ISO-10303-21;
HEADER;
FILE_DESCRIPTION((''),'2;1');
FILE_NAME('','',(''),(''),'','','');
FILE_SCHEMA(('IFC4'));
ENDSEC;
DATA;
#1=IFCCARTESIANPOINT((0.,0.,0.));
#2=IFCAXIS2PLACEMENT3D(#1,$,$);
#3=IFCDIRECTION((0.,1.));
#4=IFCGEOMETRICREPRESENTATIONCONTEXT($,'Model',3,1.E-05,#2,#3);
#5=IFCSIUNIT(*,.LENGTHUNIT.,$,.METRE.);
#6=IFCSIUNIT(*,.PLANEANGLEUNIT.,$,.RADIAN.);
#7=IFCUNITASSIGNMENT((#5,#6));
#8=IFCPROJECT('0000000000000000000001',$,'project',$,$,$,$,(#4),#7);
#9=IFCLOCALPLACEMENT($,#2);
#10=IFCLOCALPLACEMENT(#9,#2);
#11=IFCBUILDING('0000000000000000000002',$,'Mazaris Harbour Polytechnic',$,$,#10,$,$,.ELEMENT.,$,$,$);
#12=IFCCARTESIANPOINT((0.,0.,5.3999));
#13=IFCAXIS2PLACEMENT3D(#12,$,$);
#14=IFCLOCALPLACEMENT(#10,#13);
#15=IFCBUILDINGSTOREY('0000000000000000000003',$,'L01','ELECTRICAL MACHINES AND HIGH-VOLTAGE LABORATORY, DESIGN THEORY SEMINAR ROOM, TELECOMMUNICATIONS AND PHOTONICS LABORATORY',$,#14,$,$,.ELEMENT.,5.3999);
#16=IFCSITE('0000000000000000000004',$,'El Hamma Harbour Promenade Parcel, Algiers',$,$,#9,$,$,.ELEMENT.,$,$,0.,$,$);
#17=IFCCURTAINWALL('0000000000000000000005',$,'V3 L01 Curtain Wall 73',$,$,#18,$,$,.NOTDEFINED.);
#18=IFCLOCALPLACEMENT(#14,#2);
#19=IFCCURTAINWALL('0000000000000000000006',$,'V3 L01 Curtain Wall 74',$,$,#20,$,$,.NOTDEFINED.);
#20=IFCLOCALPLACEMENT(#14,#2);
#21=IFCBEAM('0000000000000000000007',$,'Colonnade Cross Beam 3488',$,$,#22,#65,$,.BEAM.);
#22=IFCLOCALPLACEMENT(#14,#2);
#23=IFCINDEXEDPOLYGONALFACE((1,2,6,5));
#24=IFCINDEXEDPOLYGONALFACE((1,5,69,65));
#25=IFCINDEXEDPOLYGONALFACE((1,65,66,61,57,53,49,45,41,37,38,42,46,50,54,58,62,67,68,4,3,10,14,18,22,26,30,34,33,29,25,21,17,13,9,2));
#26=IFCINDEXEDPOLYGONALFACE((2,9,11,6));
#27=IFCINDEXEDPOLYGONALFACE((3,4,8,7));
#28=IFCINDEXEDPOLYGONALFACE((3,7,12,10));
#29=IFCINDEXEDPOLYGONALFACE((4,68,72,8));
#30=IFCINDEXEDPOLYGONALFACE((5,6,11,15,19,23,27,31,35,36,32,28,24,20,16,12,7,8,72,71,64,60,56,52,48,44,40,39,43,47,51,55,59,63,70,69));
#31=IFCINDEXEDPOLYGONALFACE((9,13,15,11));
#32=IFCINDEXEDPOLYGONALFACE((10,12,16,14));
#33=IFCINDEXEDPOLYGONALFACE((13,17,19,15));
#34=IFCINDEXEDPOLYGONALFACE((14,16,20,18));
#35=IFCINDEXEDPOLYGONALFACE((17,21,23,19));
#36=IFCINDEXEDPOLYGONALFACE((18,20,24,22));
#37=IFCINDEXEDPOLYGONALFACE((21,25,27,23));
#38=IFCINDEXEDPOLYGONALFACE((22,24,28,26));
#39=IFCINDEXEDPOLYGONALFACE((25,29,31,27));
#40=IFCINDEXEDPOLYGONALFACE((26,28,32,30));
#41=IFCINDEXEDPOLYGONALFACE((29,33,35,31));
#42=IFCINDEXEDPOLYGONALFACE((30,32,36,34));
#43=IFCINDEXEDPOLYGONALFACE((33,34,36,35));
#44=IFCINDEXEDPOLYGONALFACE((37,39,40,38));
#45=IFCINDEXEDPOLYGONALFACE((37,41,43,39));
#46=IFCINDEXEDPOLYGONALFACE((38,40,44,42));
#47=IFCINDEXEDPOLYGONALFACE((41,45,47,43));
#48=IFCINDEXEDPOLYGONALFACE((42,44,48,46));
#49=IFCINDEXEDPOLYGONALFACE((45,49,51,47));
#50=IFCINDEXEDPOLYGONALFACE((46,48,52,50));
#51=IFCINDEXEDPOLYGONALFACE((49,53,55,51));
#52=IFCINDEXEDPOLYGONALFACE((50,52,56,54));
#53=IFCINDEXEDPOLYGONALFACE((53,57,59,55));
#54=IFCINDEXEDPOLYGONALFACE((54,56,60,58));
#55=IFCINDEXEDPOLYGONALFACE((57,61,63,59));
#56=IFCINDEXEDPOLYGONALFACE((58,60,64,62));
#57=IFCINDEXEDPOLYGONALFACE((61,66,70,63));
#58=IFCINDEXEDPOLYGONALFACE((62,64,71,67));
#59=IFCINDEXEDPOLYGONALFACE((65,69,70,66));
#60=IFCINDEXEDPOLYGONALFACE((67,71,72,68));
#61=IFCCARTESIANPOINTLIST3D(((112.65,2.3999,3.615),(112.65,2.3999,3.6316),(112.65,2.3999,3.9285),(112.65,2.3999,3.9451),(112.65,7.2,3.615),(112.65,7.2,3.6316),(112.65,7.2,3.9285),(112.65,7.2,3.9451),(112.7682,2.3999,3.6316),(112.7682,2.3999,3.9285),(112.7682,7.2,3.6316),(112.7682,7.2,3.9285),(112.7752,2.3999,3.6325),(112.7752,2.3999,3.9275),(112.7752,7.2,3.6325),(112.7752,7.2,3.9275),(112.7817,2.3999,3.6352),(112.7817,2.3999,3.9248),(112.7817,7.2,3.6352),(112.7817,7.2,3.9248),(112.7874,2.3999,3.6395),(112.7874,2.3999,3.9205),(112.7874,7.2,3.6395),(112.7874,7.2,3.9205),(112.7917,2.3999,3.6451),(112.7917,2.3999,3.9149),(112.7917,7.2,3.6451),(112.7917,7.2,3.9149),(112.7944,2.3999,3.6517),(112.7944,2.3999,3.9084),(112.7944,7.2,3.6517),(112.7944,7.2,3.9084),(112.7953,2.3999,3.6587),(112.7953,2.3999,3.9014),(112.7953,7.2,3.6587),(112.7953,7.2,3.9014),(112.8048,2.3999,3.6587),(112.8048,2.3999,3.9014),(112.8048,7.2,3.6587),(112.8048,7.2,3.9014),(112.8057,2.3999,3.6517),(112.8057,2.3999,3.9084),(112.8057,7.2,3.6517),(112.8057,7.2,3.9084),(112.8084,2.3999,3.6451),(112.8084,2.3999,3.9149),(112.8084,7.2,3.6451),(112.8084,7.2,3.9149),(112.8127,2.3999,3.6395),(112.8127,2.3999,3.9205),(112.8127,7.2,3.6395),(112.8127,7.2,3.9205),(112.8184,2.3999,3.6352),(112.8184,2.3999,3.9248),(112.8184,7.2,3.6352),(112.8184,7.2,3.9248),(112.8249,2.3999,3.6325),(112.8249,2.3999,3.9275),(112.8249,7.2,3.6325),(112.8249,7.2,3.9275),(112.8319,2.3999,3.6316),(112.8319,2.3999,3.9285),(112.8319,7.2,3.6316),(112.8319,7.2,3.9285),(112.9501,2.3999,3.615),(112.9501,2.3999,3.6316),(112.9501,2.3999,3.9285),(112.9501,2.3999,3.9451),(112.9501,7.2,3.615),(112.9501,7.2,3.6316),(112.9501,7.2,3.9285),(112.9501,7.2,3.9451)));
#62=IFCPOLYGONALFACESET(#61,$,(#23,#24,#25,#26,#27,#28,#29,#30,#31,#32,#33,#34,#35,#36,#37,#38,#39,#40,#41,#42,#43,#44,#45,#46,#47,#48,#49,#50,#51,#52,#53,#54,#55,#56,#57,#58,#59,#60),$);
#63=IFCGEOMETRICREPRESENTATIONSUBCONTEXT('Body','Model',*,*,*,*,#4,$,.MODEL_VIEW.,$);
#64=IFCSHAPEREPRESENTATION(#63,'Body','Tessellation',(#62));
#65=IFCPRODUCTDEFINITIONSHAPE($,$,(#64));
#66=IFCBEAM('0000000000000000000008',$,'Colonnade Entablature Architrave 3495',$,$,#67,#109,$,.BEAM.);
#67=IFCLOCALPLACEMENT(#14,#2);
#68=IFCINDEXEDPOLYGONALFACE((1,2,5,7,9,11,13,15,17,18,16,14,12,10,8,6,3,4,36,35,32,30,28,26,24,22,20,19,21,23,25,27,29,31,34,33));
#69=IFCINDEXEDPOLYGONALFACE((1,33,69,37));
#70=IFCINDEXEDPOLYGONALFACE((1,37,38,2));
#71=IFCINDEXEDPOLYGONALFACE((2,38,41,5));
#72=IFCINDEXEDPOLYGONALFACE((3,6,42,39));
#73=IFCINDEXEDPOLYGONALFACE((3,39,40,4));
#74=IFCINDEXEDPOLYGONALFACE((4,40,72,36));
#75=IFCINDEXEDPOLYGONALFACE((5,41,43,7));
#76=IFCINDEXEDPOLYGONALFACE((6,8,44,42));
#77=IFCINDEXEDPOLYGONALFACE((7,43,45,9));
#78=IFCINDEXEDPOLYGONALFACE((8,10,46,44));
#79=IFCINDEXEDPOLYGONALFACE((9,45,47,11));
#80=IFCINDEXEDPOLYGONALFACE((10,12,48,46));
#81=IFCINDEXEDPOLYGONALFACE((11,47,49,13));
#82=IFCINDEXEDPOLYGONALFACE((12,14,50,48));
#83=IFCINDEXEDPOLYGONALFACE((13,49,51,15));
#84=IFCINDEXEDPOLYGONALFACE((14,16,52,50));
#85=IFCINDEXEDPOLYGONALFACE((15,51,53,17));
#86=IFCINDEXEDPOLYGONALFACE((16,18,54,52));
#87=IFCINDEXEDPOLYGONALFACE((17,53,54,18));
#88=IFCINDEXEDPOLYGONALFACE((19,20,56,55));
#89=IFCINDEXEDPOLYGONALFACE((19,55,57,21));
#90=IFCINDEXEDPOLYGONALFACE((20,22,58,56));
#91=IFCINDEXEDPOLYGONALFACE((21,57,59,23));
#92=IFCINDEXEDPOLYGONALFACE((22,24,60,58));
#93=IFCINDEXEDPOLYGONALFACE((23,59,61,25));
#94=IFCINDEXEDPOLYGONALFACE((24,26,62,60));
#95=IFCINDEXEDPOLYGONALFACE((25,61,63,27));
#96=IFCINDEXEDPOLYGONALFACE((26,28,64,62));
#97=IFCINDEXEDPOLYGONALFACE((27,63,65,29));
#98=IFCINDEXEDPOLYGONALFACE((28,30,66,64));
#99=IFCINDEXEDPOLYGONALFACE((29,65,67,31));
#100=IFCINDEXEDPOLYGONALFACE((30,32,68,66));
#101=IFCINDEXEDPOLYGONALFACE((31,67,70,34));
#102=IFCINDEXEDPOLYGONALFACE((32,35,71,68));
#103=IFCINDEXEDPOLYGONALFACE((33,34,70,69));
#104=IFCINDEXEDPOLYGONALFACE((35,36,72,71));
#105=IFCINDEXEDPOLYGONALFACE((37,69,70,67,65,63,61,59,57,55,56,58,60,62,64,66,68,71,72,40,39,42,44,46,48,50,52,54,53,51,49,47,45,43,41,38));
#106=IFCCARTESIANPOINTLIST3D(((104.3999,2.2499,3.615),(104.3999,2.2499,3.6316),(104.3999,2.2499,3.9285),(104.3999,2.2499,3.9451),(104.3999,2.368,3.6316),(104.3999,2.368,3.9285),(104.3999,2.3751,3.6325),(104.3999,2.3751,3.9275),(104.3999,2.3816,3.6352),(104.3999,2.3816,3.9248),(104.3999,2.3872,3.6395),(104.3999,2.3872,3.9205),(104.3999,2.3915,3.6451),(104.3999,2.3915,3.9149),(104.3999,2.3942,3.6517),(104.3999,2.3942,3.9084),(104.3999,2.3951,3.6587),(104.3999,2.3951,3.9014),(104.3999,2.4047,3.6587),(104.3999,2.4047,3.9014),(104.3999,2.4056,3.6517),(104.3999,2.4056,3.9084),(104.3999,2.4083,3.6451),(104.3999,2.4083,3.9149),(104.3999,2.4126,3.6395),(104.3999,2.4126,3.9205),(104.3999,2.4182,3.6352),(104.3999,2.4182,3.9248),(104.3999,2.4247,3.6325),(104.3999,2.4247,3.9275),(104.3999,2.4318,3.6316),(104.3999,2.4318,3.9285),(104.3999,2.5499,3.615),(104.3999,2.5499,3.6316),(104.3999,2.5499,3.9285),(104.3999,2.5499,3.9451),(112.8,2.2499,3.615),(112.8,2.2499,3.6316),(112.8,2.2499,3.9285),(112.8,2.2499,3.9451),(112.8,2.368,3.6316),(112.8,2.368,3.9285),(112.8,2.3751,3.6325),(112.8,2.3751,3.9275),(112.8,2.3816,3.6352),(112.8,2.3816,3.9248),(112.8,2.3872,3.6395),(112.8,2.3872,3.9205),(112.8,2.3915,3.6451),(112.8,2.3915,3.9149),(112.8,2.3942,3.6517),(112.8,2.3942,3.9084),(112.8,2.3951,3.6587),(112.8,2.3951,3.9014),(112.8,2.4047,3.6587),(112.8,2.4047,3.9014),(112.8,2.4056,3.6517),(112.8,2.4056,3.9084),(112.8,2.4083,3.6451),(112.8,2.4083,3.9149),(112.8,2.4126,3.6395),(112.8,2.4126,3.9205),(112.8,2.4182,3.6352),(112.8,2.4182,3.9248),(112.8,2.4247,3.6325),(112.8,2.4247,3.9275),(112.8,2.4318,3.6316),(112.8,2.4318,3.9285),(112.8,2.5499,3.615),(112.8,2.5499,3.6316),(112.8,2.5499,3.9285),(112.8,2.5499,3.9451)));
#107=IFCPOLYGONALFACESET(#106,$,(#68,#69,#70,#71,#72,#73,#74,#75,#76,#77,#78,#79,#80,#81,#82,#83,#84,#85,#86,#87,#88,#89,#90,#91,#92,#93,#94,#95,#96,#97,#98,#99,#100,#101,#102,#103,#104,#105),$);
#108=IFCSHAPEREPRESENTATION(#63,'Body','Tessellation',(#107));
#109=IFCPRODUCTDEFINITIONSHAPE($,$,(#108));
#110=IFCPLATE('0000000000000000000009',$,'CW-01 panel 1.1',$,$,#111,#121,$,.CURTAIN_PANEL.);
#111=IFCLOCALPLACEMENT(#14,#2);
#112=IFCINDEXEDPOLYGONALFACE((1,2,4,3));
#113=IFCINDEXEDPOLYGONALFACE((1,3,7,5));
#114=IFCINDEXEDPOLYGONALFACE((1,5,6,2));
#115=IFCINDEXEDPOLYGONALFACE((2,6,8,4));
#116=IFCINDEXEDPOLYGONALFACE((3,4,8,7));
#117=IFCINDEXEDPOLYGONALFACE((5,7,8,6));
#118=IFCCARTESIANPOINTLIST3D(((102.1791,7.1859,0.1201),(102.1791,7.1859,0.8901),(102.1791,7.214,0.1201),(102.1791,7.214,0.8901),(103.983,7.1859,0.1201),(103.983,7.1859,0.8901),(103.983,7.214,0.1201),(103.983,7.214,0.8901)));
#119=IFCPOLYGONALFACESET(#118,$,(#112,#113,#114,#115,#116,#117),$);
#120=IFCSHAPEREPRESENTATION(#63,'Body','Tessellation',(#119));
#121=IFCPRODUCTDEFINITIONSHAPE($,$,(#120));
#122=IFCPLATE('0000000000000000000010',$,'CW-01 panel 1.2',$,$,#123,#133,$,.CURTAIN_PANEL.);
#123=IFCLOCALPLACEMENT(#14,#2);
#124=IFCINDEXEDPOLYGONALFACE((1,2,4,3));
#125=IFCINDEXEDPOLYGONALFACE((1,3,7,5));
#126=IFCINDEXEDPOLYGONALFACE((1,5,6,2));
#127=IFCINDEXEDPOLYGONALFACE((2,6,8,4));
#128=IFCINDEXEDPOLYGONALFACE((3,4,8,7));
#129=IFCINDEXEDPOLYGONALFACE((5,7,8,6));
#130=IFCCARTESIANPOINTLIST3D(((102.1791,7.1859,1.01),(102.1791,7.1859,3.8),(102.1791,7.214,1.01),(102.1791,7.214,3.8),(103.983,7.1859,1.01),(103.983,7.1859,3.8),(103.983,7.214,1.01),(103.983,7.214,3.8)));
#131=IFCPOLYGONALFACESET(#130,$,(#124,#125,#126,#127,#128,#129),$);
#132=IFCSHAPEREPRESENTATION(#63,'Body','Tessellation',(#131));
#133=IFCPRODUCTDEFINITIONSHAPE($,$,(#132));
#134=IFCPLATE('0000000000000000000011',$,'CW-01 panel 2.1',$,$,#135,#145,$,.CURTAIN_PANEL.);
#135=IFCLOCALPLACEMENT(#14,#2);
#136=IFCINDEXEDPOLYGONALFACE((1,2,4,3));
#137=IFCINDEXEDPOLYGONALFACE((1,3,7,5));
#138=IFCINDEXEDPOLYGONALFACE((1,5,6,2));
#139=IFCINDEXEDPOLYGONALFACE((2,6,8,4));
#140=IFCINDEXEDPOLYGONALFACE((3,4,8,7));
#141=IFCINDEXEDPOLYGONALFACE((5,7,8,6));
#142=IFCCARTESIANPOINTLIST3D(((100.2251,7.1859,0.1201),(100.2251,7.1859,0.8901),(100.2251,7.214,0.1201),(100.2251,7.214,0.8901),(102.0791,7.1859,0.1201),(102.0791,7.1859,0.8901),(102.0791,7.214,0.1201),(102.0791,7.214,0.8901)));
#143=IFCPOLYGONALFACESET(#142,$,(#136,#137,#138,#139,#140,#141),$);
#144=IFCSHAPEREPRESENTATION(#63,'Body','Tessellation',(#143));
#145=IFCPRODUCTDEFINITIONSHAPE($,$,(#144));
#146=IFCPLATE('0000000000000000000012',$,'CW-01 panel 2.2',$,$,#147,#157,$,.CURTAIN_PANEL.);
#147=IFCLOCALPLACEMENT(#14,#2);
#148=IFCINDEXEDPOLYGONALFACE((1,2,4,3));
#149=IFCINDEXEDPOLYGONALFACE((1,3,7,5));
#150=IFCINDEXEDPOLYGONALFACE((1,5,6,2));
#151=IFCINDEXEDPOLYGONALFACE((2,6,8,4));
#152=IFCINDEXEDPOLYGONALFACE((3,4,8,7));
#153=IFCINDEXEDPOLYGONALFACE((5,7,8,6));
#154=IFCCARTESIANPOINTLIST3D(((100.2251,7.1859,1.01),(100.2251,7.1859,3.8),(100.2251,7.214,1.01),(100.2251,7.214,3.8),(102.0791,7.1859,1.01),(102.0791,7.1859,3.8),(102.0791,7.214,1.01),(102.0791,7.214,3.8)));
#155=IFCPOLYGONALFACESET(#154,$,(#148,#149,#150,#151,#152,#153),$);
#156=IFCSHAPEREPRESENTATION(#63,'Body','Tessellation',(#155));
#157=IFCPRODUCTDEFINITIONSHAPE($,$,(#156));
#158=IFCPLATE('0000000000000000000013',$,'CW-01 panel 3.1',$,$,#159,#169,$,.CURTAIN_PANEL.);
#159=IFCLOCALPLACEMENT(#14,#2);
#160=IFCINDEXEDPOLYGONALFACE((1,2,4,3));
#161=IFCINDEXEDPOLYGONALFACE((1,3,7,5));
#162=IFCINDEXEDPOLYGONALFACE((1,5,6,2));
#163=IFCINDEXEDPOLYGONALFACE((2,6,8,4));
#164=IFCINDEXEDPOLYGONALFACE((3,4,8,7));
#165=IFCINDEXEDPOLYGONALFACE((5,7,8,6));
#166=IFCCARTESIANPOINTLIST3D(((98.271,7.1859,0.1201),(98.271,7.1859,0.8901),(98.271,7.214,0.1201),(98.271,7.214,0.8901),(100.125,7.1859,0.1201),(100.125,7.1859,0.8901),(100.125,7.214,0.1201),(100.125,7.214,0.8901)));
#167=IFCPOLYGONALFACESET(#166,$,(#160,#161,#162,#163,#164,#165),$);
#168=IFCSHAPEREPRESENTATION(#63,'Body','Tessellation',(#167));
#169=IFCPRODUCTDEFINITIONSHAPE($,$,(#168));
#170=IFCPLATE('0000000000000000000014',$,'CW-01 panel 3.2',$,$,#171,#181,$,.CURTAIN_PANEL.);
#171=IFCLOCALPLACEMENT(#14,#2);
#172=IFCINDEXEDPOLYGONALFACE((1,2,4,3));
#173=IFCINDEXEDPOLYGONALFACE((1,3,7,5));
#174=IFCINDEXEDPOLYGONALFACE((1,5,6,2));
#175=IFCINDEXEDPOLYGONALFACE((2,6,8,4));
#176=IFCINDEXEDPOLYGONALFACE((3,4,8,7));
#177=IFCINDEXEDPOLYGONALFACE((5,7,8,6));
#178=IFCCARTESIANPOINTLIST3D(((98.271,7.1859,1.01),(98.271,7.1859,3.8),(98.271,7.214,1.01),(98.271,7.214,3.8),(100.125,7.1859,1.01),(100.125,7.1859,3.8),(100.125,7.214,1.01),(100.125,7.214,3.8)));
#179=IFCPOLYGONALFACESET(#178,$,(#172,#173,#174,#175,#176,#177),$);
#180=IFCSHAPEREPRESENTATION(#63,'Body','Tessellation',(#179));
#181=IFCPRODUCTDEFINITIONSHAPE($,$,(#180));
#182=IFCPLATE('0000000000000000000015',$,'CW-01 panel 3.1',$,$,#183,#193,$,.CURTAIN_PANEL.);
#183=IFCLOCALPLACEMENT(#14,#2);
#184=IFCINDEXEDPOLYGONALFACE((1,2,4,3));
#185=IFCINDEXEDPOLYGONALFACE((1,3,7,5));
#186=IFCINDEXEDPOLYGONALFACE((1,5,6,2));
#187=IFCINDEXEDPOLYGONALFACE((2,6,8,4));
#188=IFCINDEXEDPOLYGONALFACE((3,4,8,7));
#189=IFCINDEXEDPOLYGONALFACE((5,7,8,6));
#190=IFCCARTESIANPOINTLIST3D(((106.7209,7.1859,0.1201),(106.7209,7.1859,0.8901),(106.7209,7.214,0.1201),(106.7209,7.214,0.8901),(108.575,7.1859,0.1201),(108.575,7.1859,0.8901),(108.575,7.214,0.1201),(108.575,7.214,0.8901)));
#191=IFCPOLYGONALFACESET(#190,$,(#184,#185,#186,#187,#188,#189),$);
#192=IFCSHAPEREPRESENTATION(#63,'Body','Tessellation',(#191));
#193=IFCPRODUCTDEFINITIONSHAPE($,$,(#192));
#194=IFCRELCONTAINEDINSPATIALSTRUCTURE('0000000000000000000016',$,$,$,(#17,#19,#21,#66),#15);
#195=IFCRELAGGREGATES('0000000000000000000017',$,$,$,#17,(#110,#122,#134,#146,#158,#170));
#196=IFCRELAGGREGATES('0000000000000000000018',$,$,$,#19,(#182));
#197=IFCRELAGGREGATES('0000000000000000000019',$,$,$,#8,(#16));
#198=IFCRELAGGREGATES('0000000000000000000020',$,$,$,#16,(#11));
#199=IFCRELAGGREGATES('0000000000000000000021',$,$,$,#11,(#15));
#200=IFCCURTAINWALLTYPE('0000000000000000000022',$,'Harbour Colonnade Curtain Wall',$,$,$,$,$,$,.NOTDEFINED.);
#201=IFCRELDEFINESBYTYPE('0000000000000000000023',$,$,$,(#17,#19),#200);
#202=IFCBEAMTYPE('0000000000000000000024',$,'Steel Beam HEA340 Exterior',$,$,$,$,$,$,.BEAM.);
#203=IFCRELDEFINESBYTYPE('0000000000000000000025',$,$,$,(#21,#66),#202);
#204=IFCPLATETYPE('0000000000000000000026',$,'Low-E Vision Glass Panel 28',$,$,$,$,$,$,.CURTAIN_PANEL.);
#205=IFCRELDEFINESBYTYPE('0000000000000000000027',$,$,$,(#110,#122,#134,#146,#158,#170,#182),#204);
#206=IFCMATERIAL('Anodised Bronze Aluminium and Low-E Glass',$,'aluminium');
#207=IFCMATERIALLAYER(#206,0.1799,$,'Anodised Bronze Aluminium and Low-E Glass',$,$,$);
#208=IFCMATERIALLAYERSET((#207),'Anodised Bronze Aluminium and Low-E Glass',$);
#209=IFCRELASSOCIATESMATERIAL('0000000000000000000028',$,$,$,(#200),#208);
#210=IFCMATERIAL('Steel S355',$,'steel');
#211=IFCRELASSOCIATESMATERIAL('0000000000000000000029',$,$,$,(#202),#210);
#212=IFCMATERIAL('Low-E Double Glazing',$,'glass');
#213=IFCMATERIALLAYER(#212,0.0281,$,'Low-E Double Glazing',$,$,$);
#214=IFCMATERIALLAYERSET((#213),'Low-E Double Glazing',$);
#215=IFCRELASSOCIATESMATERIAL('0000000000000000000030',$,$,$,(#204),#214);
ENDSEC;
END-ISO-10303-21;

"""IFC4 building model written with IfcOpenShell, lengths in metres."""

from ifc_helpers import new_model, si_unit, direction, frame, origin, origin_2d, place, context, subcontext, project, spatial, rectangle, i_section, extrude, material, layer, layer_set, material_profile, profile_set, type_object, element, aggregate, save


model = new_model("IFC4")

# Units and contexts
model_context = context("Model", 3, precision=1e-05, world=origin(), true_north=direction((0.0, 1.0)))
body_context = subcontext(model_context, "Body", "Model", "MODEL_VIEW")
ifc_project = project(units=[si_unit("LENGTHUNIT", "METRE"), si_unit("PLANEANGLEUNIT", "RADIAN")], contexts=[model_context])

# Site, building, storey
site_placement = place(None, origin())
site = spatial("IfcSite", under=ifc_project, at=site_placement, Name="El Hamma Harbour Promenade Parcel, Algiers", CompositionType="ELEMENT", RefElevation=0.0)
building_placement = place(site_placement, origin())
building = spatial("IfcBuilding", under=site, at=building_placement, Name="Mazaris Harbour Polytechnic", CompositionType="ELEMENT")
storey_placement = place(building_placement, frame((0.0, 0.0, 5.3999)))
storey = spatial("IfcBuildingStorey", under=building, at=storey_placement, Name="L01", Description="ELECTRICAL MACHINES AND HIGH-VOLTAGE LABORATORY, DESIGN THEORY SEMINAR ROOM, TELECOMMUNICATIONS AND PHOTONICS LABORATORY", CompositionType="ELEMENT", Elevation=5.3999)

# Curtain walls
ifc_material_1 = material(Name="Anodised Bronze Aluminium and Low-E Glass", Category="aluminium")
ifc_layer_1 = layer(ifc_material_1, 0.1799, Name="Anodised Bronze Aluminium and Low-E Glass")
ifc_layer_set_1 = layer_set([ifc_layer_1], Name="Anodised Bronze Aluminium and Low-E Glass")
curtain_wall_type = type_object("IfcCurtainWallType", Name="Harbour Colonnade Curtain Wall", PredefinedType="NOTDEFINED", material=ifc_layer_set_1)
curtain_wall_1_placement = place(storey_placement, origin())
curtain_wall_1 = element("IfcCurtainWall", 1, at=curtain_wall_1_placement, inside=storey, type_object=curtain_wall_type, Name="V3 L01 Curtain Wall 73", PredefinedType="NOTDEFINED")
curtain_wall_2_placement = place(storey_placement, origin())
curtain_wall_2 = element("IfcCurtainWall", 2, at=curtain_wall_2_placement, inside=storey, type_object=curtain_wall_type, Name="V3 L01 Curtain Wall 74", PredefinedType="NOTDEFINED")

# Beams
ifc_material_2 = material(Name="Steel S355", Category="steel")
ifc_material_profile_1 = material_profile(ifc_material_2, i_section(OverallWidth=0.3, OverallDepth=0.3301, WebThickness=0.0095, FlangeThickness=0.0166, FilletRadius=0.0271, at=origin_2d()), Name="HEA 340")
ifc_profile_set_1 = profile_set([ifc_material_profile_1], Name="Steel S355")
beam_type = type_object("IfcBeamType", Name="Steel Beam HEA340 Exterior", PredefinedType="BEAM", material=ifc_profile_set_1)
for number, where, z_axis, x_axis, name in (
    (3, (112.8, 2.3999, 3.78), (0.0, 1.0, 0.0), (-1.0, 0.0, 0.0), "Colonnade Cross Beam 3488"),
):
    element("IfcBeam", number, at=place(storey_placement, frame(where, z_axis=z_axis, x_axis=x_axis)), inside=storey, type_object=beam_type, Name=name, PredefinedType="BEAM", context=body_context, shape_type="SweptSolid", body=[
        extrude(i_section(OverallWidth=0.3, OverallDepth=0.3301, WebThickness=0.0095, FlangeThickness=0.0166, FilletRadius=0.0271, at=origin_2d()), origin(), (0.0, 0.0, 1.0), 4.8),
    ])
beam_placement = place(storey_placement, frame((104.3999, 2.3999, 3.78), z_axis=(1.0, 0.0, 0.0), x_axis=(0.0, 1.0, 0.0)))
element("IfcBeam", 4, at=beam_placement, inside=storey, type_object=beam_type, Name="Colonnade Entablature Architrave 3495", PredefinedType="BEAM", context=body_context, shape_type="SweptSolid", body=[
    extrude(i_section(OverallWidth=0.3, OverallDepth=0.3301, WebThickness=0.0095, FlangeThickness=0.0166, FilletRadius=0.0271, at=origin_2d()), origin(), (0.0, 0.0, 1.0), 8.4001),
])

# Plates
ifc_material_3 = material(Name="Low-E Double Glazing", Category="glass")
ifc_layer_2 = layer(ifc_material_3, 0.0281, Name="Low-E Double Glazing")
ifc_layer_set_2 = layer_set([ifc_layer_2], Name="Low-E Double Glazing")
plate_type = type_object("IfcPlateType", Name="Low-E Vision Glass Panel 28", PredefinedType="CURTAIN_PANEL", material=ifc_layer_set_2)
plate_1_placement = place(storey_placement, frame((103.0811, 7.2, 0.1201), z_axis=(0.0, 0.0, 1.0), x_axis=(-1.0, 0.0, 0.0)))
plate_1 = element("IfcPlate", 5, at=plate_1_placement, type_object=plate_type, Name="CW-01 panel 1.1", PredefinedType="CURTAIN_PANEL", context=body_context, shape_type="SweptSolid", body=[
    extrude(rectangle(XDim=1.804, YDim=0.0281, at=origin_2d()), origin(), (0.0, 0.0, 1.0), 0.77),
])
plate_2_placement = place(storey_placement, frame((103.0811, 7.2, 1.01), z_axis=(0.0, 0.0, 1.0), x_axis=(-1.0, 0.0, 0.0)))
plate_2 = element("IfcPlate", 6, at=plate_2_placement, type_object=plate_type, Name="CW-01 panel 1.2", PredefinedType="CURTAIN_PANEL", context=body_context, shape_type="SweptSolid", body=[
    extrude(rectangle(XDim=1.804, YDim=0.0281, at=origin_2d()), origin(), (0.0, 0.0, 1.0), 2.79),
])
plate_3_placement = place(storey_placement, frame((101.1521, 7.2, 0.1201), z_axis=(0.0, 0.0, 1.0), x_axis=(-1.0, 0.0, 0.0)))
plate_3 = element("IfcPlate", 7, at=plate_3_placement, type_object=plate_type, Name="CW-01 panel 2.1", PredefinedType="CURTAIN_PANEL", context=body_context, shape_type="SweptSolid", body=[
    extrude(rectangle(XDim=1.854, YDim=0.0281, at=origin_2d()), origin(), (0.0, 0.0, 1.0), 0.77),
])
plate_4_placement = place(storey_placement, frame((101.1521, 7.2, 1.01), z_axis=(0.0, 0.0, 1.0), x_axis=(-1.0, 0.0, 0.0)))
plate_4 = element("IfcPlate", 8, at=plate_4_placement, type_object=plate_type, Name="CW-01 panel 2.2", PredefinedType="CURTAIN_PANEL", context=body_context, shape_type="SweptSolid", body=[
    extrude(rectangle(XDim=1.854, YDim=0.0281, at=origin_2d()), origin(), (0.0, 0.0, 1.0), 2.79),
])
plate_5_placement = place(storey_placement, frame((99.198, 7.2, 0.1201), z_axis=(0.0, 0.0, 1.0), x_axis=(-1.0, 0.0, 0.0)))
plate_5 = element("IfcPlate", 9, at=plate_5_placement, type_object=plate_type, Name="CW-01 panel 3.1", PredefinedType="CURTAIN_PANEL", context=body_context, shape_type="SweptSolid", body=[
    extrude(rectangle(XDim=1.854, YDim=0.0281, at=origin_2d()), origin(), (0.0, 0.0, 1.0), 0.77),
])
plate_6_placement = place(storey_placement, frame((99.198, 7.2, 1.01), z_axis=(0.0, 0.0, 1.0), x_axis=(-1.0, 0.0, 0.0)))
plate_6 = element("IfcPlate", 10, at=plate_6_placement, type_object=plate_type, Name="CW-01 panel 3.2", PredefinedType="CURTAIN_PANEL", context=body_context, shape_type="SweptSolid", body=[
    extrude(rectangle(XDim=1.854, YDim=0.0281, at=origin_2d()), origin(), (0.0, 0.0, 1.0), 2.79),
])
aggregate(curtain_wall_1, [plate_1, plate_2, plate_3, plate_4, plate_5, plate_6])
plate_7_placement = place(storey_placement, frame((107.6479, 7.2, 0.1201), z_axis=(0.0, 0.0, 1.0), x_axis=(-1.0, 0.0, 0.0)))
plate_7 = element("IfcPlate", 11, at=plate_7_placement, type_object=plate_type, Name="CW-01 panel 3.1", PredefinedType="CURTAIN_PANEL", context=body_context, shape_type="SweptSolid", body=[
    extrude(rectangle(XDim=1.854, YDim=0.0281, at=origin_2d()), origin(), (0.0, 0.0, 1.0), 0.77),
])
aggregate(curtain_wall_2, [plate_7])

save(model, "model.ifc")
